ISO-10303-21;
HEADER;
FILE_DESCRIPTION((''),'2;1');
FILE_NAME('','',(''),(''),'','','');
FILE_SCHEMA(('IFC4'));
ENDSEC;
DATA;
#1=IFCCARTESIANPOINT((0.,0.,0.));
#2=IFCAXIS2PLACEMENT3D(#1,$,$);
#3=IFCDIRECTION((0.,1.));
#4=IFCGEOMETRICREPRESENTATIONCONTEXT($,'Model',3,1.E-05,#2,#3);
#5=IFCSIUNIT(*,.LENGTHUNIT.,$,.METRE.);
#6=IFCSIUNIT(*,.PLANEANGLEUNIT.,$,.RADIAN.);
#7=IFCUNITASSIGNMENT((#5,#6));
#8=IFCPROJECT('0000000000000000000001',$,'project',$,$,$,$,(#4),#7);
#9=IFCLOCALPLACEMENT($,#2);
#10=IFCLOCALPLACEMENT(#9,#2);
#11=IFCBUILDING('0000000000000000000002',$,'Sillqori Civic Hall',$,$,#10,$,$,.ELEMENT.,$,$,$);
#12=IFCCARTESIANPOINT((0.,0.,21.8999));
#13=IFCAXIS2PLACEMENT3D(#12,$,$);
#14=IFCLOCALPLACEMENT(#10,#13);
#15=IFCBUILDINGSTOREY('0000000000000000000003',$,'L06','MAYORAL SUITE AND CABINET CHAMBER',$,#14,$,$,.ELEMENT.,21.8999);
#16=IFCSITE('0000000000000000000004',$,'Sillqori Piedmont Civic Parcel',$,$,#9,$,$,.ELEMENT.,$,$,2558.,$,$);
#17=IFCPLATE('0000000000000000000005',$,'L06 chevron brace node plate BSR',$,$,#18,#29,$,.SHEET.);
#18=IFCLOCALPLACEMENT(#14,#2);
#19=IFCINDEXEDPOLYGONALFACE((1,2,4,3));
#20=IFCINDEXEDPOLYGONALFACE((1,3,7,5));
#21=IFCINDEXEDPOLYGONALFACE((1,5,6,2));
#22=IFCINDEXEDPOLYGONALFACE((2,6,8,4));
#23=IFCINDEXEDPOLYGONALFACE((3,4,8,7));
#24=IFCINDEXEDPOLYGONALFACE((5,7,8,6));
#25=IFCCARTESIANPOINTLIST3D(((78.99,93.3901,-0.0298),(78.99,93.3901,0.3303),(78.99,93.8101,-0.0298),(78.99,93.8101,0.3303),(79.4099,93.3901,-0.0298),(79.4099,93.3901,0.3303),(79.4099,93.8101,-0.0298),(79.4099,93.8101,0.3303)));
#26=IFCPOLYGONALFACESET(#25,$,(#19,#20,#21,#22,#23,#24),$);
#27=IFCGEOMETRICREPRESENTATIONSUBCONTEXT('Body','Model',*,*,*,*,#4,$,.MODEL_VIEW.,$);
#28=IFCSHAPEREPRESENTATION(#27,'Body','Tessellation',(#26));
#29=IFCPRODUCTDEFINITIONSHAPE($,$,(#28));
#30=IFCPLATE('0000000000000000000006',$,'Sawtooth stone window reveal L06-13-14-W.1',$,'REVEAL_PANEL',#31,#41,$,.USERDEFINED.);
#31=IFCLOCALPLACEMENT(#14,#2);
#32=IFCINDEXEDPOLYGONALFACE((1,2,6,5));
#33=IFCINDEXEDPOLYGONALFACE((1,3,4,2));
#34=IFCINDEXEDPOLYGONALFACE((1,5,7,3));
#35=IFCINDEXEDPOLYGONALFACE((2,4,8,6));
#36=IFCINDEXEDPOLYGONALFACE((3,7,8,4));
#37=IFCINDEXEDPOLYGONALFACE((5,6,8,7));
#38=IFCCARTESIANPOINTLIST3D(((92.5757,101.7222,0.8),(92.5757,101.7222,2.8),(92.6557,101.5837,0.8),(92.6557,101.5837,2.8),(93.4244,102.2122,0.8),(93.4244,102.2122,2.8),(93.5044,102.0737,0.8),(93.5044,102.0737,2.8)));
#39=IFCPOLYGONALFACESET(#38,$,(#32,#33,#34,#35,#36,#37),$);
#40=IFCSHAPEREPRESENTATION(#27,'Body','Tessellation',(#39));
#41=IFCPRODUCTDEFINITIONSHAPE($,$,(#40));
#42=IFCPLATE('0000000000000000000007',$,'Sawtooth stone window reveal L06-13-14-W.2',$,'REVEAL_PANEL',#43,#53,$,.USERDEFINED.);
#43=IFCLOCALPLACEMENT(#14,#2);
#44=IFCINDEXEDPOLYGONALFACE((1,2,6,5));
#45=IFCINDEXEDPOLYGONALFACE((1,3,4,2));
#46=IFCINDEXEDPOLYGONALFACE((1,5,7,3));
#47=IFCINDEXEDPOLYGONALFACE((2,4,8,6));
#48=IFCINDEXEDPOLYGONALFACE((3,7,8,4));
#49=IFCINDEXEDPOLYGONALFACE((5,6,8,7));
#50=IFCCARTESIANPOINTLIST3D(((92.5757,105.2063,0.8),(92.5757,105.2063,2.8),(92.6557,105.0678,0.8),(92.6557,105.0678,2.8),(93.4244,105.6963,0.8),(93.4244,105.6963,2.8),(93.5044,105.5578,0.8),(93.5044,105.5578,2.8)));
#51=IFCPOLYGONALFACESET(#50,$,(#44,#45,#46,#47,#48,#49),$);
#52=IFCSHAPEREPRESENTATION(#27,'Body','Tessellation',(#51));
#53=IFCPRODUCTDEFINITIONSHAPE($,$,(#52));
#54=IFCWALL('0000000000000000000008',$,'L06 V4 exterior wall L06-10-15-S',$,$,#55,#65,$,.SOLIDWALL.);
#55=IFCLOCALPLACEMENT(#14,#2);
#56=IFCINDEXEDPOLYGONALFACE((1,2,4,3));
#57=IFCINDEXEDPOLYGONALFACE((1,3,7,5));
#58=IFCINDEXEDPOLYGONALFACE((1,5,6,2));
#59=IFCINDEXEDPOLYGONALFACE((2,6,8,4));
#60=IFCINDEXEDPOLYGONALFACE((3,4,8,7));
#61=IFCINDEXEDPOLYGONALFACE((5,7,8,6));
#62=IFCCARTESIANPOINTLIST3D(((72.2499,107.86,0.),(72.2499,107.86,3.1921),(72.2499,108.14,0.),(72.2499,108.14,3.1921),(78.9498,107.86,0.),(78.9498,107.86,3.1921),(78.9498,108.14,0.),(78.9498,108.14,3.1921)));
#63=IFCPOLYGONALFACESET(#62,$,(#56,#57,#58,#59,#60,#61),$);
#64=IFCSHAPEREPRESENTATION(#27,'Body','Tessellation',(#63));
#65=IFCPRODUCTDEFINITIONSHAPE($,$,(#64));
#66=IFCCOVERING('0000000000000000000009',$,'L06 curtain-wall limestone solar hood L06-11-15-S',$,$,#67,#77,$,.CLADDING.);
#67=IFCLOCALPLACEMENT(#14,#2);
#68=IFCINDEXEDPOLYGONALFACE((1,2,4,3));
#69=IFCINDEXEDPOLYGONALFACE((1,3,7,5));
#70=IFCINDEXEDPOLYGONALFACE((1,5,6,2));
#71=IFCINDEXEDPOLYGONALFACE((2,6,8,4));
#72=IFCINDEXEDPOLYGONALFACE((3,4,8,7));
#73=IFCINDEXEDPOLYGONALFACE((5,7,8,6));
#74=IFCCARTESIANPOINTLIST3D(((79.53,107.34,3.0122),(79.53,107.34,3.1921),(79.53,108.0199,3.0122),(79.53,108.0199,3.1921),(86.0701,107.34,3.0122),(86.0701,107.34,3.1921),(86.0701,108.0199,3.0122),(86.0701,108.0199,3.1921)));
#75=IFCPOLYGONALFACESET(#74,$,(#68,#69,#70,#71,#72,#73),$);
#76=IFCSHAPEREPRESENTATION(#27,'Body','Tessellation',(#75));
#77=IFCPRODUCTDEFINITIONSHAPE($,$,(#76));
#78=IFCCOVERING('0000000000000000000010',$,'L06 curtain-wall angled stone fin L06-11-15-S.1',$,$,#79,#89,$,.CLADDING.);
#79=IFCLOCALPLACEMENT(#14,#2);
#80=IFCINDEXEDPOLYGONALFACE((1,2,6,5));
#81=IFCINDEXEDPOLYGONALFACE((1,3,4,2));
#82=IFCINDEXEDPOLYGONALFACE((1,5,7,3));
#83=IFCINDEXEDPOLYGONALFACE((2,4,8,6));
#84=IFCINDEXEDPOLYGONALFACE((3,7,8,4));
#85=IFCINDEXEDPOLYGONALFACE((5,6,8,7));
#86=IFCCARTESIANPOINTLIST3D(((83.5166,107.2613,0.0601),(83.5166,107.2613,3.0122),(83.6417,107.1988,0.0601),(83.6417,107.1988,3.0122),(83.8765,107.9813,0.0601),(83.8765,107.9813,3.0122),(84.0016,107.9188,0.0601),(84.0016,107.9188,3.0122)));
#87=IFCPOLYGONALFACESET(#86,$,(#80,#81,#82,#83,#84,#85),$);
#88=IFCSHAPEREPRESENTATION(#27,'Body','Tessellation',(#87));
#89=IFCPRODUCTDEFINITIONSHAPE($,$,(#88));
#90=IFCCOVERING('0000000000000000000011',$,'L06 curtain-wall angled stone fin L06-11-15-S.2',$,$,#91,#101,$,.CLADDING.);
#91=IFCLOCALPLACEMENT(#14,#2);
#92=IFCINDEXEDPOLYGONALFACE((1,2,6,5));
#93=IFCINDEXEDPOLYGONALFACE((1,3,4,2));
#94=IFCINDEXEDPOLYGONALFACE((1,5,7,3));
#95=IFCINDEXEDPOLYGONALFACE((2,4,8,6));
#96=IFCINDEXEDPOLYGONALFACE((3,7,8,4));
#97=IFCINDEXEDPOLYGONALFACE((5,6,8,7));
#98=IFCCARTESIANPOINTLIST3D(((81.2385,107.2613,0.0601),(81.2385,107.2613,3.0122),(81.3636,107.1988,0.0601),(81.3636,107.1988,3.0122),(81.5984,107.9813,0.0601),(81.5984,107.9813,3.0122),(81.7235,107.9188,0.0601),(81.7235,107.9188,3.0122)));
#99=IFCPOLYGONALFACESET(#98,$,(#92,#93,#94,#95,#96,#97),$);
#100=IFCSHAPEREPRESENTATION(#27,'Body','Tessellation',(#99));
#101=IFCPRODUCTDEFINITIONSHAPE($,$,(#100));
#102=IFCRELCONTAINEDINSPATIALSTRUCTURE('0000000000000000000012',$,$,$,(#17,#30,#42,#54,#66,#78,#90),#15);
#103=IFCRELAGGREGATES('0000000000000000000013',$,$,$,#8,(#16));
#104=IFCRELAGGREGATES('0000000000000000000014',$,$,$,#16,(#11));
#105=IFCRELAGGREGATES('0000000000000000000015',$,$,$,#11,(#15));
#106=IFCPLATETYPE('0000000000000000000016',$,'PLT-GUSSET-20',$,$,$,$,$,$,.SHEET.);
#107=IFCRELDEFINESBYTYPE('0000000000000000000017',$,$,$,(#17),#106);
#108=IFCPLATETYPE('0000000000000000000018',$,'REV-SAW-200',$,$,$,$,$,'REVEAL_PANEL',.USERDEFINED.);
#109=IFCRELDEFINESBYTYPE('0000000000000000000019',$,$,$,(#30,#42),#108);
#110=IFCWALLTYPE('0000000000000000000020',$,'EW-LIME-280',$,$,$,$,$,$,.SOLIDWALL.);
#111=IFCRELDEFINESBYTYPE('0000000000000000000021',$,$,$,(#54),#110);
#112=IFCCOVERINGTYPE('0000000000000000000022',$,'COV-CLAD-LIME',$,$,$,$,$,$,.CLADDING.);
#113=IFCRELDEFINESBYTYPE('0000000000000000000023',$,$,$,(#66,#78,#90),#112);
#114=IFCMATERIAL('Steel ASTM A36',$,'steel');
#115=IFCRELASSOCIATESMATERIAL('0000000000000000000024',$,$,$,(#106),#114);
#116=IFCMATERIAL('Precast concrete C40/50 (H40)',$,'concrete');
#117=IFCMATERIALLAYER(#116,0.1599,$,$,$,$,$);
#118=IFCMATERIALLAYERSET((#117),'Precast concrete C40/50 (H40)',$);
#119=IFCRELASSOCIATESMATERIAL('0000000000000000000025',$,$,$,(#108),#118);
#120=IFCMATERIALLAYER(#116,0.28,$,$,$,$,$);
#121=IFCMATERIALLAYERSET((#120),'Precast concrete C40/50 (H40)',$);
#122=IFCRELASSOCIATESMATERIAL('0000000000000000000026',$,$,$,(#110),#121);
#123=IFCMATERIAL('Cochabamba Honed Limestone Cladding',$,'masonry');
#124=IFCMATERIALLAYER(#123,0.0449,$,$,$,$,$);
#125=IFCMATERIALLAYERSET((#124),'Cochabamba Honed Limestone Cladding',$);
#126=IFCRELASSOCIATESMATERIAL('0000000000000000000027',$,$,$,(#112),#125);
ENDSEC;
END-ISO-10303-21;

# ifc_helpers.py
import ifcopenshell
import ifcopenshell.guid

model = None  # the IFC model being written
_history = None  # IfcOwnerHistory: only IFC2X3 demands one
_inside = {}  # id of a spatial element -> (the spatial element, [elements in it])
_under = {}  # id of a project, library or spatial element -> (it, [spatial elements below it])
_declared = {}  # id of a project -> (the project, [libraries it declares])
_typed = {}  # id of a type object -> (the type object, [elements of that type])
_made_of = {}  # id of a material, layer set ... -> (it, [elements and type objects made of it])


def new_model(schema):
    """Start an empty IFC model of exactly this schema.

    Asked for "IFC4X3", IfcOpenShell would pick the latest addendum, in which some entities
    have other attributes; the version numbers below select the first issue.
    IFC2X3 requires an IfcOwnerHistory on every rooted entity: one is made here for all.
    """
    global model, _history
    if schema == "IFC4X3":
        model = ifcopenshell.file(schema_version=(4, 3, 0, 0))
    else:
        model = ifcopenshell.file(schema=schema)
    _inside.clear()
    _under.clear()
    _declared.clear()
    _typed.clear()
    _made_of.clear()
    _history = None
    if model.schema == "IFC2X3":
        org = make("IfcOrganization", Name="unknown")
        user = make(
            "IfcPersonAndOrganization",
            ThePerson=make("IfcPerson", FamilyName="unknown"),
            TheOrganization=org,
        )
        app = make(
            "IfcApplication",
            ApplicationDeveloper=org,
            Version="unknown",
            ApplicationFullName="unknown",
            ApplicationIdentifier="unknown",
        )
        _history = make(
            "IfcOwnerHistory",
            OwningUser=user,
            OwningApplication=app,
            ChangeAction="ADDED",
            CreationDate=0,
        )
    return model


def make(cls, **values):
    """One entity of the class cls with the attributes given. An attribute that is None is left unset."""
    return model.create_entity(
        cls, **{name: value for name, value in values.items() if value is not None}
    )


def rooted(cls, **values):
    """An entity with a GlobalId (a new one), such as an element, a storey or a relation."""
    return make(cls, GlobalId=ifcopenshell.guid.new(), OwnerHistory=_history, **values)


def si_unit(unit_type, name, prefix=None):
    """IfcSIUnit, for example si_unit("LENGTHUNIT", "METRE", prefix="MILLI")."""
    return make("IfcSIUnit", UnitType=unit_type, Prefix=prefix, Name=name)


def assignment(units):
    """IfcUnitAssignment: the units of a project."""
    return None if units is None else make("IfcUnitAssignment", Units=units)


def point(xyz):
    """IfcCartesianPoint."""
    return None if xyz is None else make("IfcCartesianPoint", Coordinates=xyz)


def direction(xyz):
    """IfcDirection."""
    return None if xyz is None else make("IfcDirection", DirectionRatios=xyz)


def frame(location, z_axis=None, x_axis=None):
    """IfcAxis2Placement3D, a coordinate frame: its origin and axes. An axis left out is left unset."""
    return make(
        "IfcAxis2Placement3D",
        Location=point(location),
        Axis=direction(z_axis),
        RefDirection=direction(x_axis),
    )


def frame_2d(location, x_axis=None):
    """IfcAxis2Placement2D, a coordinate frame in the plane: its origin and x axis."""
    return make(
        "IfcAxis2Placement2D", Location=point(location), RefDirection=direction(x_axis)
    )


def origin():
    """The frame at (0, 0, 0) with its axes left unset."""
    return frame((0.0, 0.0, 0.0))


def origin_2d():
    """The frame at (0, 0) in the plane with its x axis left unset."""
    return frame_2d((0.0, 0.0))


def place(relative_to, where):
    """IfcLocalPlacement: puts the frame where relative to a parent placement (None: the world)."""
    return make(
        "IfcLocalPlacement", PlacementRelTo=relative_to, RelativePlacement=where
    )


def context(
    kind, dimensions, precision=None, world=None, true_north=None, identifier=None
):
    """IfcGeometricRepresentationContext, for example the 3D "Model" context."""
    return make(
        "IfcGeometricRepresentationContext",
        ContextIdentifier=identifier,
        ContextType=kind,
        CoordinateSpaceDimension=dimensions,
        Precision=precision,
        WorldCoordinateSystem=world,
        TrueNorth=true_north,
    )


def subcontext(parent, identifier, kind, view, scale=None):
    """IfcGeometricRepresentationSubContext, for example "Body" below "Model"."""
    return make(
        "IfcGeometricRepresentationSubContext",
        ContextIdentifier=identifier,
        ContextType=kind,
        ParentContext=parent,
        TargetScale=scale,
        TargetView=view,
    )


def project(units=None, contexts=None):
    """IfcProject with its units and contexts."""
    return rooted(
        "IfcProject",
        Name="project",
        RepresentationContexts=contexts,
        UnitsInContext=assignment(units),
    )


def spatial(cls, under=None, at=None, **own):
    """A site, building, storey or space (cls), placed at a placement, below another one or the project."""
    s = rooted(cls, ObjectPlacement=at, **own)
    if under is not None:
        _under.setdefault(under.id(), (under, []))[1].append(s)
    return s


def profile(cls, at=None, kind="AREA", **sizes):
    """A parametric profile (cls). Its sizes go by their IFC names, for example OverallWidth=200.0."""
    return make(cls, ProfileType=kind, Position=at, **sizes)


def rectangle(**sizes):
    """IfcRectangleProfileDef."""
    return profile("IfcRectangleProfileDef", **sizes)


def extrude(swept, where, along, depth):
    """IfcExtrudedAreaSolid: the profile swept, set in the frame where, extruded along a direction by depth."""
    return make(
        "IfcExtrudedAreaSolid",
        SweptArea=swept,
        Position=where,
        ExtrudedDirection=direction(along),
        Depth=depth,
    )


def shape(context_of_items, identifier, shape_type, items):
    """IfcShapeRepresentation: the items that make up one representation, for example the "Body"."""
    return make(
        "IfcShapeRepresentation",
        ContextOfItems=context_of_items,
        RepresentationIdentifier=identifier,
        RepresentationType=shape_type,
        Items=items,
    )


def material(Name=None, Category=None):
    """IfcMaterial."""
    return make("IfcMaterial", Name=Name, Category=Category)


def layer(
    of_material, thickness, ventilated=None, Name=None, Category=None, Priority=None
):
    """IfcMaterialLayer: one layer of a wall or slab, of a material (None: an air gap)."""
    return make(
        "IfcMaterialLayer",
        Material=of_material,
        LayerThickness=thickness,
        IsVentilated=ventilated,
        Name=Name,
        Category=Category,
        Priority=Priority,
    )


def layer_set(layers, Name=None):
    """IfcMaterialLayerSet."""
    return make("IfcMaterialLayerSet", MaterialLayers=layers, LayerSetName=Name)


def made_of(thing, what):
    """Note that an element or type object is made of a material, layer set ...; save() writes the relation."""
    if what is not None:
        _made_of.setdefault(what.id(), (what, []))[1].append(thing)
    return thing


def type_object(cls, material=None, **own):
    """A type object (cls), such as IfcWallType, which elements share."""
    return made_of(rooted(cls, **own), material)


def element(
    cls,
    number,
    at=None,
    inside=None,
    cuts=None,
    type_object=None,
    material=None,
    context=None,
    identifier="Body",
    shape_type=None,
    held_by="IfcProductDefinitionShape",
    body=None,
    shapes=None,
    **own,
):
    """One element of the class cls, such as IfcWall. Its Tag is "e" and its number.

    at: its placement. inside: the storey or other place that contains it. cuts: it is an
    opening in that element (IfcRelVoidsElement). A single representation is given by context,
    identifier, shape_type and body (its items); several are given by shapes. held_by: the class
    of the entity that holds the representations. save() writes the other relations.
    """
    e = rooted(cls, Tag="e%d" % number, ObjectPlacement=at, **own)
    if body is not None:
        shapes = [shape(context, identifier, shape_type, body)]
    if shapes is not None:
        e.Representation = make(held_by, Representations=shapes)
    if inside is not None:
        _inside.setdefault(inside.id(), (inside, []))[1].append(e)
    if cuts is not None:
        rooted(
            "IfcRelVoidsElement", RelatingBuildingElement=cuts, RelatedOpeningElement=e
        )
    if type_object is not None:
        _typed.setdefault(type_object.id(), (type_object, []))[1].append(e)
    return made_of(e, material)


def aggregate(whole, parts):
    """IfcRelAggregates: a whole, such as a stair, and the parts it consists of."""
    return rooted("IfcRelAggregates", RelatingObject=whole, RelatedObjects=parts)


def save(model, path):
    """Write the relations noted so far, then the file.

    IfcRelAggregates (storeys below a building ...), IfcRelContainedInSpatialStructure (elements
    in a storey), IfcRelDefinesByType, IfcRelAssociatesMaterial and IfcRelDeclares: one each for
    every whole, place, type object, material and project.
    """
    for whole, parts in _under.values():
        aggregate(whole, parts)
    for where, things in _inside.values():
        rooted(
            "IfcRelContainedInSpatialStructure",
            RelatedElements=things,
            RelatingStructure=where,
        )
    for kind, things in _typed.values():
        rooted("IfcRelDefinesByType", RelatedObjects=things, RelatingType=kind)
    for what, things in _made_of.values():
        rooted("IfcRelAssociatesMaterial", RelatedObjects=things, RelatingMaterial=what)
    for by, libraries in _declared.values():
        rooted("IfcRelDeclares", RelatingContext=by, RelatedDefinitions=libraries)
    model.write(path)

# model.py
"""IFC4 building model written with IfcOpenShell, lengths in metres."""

from ifc_helpers import new_model, si_unit, direction, frame, frame_2d, origin, origin_2d, place, context, subcontext, project, spatial, rectangle, extrude, material, layer, layer_set, type_object, element, save


model = new_model("IFC4")

# Units and contexts
model_context = context("Model", 3, precision=1e-05, world=origin(), true_north=direction((0.0, 1.0)))
body_context = subcontext(model_context, "Body", "Model", "MODEL_VIEW")
ifc_project = project(units=[si_unit("LENGTHUNIT", "METRE"), si_unit("PLANEANGLEUNIT", "RADIAN")], contexts=[model_context])

# Site, building, storey
site_placement = place(None, origin())
site = spatial("IfcSite", under=ifc_project, at=site_placement, Name="Sillqori Piedmont Civic Parcel", CompositionType="ELEMENT", RefElevation=2558.0)
building_placement = place(site_placement, origin())
building = spatial("IfcBuilding", under=site, at=building_placement, Name="Sillqori Civic Hall", CompositionType="ELEMENT")
storey_placement = place(building_placement, frame((0.0, 0.0, 21.8999)))
storey = spatial("IfcBuildingStorey", under=building, at=storey_placement, Name="L06", Description="MAYORAL SUITE AND CABINET CHAMBER", CompositionType="ELEMENT", Elevation=21.8999)

# Plates
ifc_material_1 = material(Name="Steel ASTM A36", Category="steel")
plate_type_1 = type_object("IfcPlateType", Name="PLT-GUSSET-20", PredefinedType="SHEET", material=ifc_material_1)
plate_1_placement = place(storey_placement, frame((79.2, 93.6001, -0.0298), z_axis=(0.0, 0.0, 1.0), x_axis=(1.0, 0.0, 0.0)))
element("IfcPlate", 1, at=plate_1_placement, inside=storey, type_object=plate_type_1, Name="L06 chevron brace node plate BSR", PredefinedType="SHEET", context=body_context, shape_type="SweptSolid", body=[
    extrude(rectangle(XDim=0.4199, YDim=0.4199, at=origin_2d()), origin(), (0.0, 0.0, 1.0), 0.3601),
])
ifc_material_2 = material(Name="Precast concrete C40/50 (H40)", Category="concrete")
ifc_layer_1 = layer(ifc_material_2, 0.1599)
ifc_layer_set_1 = layer_set([ifc_layer_1], Name="Precast concrete C40/50 (H40)")
plate_type_2 = type_object("IfcPlateType", Name="REV-SAW-200", ElementType="REVEAL_PANEL", PredefinedType="USERDEFINED", material=ifc_layer_set_1)
for number, where, z_axis, x_axis, name in (
    (2, (93.04, 101.8979, 0.8), (0.0, 0.0, 1.0), (-0.5, 0.866025, 0.0), "Sawtooth stone window reveal L06-13-14-W.1"),
    (3, (93.04, 105.3821, 0.8), (0.0, 0.0, 1.0), (-0.5, 0.866025, 0.0), "Sawtooth stone window reveal L06-13-14-W.2"),
):
    element("IfcPlate", number, at=place(storey_placement, frame(where, z_axis=z_axis, x_axis=x_axis)), inside=storey, type_object=plate_type_2, Name=name, ObjectType="REVEAL_PANEL", PredefinedType="USERDEFINED", context=body_context, shape_type="SweptSolid", body=[
        extrude(rectangle(XDim=0.1599, YDim=0.98, at=origin_2d()), origin(), (0.0, 0.0, 1.0), 2.0),
    ])

# Wall
ifc_layer_2 = layer(ifc_material_2, 0.28)
ifc_layer_set_2 = layer_set([ifc_layer_2], Name="Precast concrete C40/50 (H40)")
wall_type = type_object("IfcWallType", Name="EW-LIME-280", PredefinedType="SOLIDWALL", material=ifc_layer_set_2)
wall_placement = place(storey_placement, frame((78.95, 108.0, 0.0), z_axis=(0.0, 0.0, 1.0), x_axis=(-1.0, 0.0, 0.0)))
element("IfcWall", 4, at=wall_placement, inside=storey, type_object=wall_type, Name="L06 V4 exterior wall L06-10-15-S", PredefinedType="SOLIDWALL", context=body_context, shape_type="SweptSolid", body=[
    extrude(rectangle(XDim=6.7, YDim=0.28, at=frame_2d((3.3501, 0.0))), origin(), (0.0, 0.0, 1.0), 3.1921),
])

# Coverings
ifc_material_3 = material(Name="Cochabamba Honed Limestone Cladding", Category="masonry")
ifc_layer_3 = layer(ifc_material_3, 0.0449)
ifc_layer_set_3 = layer_set([ifc_layer_3], Name="Cochabamba Honed Limestone Cladding")
covering_type = type_object("IfcCoveringType", Name="COV-CLAD-LIME", PredefinedType="CLADDING", material=ifc_layer_set_3)
covering_placement = place(storey_placement, frame((86.0701, 107.6799, 3.0122), z_axis=(0.0, 0.0, 1.0), x_axis=(-1.0, 0.0, 0.0)))
element("IfcCovering", 5, at=covering_placement, inside=storey, type_object=covering_type, Name="L06 curtain-wall limestone solar hood L06-11-15-S", PredefinedType="CLADDING", context=body_context, shape_type="SweptSolid", body=[
    extrude(rectangle(XDim=6.54, YDim=0.6799, at=frame_2d((3.27, 0.0))), origin(), (0.0, 0.0, 1.0), 0.1799),
])
for number, where, z_axis, x_axis, name in (
    (6, (83.939, 107.95, 0.0601), (0.0, 0.0, 1.0), (-0.447092, -0.894488, 0.0), "L06 curtain-wall angled stone fin L06-11-15-S.1"),
    (7, (81.6609, 107.95, 0.0601), (0.0, 0.0, 1.0), (-0.447092, -0.894488, 0.0), "L06 curtain-wall angled stone fin L06-11-15-S.2"),
):
    element("IfcCovering", number, at=place(storey_placement, frame(where, z_axis=z_axis, x_axis=x_axis)), inside=storey, type_object=covering_type, Name=name, PredefinedType="CLADDING", context=body_context, shape_type="SweptSolid", body=[
        extrude(rectangle(XDim=0.8049, YDim=0.1399, at=frame_2d((0.4023, 0.0))), origin(), (0.0, 0.0, 1.0), 2.9521),
    ])

save(model, "model.ifc")
